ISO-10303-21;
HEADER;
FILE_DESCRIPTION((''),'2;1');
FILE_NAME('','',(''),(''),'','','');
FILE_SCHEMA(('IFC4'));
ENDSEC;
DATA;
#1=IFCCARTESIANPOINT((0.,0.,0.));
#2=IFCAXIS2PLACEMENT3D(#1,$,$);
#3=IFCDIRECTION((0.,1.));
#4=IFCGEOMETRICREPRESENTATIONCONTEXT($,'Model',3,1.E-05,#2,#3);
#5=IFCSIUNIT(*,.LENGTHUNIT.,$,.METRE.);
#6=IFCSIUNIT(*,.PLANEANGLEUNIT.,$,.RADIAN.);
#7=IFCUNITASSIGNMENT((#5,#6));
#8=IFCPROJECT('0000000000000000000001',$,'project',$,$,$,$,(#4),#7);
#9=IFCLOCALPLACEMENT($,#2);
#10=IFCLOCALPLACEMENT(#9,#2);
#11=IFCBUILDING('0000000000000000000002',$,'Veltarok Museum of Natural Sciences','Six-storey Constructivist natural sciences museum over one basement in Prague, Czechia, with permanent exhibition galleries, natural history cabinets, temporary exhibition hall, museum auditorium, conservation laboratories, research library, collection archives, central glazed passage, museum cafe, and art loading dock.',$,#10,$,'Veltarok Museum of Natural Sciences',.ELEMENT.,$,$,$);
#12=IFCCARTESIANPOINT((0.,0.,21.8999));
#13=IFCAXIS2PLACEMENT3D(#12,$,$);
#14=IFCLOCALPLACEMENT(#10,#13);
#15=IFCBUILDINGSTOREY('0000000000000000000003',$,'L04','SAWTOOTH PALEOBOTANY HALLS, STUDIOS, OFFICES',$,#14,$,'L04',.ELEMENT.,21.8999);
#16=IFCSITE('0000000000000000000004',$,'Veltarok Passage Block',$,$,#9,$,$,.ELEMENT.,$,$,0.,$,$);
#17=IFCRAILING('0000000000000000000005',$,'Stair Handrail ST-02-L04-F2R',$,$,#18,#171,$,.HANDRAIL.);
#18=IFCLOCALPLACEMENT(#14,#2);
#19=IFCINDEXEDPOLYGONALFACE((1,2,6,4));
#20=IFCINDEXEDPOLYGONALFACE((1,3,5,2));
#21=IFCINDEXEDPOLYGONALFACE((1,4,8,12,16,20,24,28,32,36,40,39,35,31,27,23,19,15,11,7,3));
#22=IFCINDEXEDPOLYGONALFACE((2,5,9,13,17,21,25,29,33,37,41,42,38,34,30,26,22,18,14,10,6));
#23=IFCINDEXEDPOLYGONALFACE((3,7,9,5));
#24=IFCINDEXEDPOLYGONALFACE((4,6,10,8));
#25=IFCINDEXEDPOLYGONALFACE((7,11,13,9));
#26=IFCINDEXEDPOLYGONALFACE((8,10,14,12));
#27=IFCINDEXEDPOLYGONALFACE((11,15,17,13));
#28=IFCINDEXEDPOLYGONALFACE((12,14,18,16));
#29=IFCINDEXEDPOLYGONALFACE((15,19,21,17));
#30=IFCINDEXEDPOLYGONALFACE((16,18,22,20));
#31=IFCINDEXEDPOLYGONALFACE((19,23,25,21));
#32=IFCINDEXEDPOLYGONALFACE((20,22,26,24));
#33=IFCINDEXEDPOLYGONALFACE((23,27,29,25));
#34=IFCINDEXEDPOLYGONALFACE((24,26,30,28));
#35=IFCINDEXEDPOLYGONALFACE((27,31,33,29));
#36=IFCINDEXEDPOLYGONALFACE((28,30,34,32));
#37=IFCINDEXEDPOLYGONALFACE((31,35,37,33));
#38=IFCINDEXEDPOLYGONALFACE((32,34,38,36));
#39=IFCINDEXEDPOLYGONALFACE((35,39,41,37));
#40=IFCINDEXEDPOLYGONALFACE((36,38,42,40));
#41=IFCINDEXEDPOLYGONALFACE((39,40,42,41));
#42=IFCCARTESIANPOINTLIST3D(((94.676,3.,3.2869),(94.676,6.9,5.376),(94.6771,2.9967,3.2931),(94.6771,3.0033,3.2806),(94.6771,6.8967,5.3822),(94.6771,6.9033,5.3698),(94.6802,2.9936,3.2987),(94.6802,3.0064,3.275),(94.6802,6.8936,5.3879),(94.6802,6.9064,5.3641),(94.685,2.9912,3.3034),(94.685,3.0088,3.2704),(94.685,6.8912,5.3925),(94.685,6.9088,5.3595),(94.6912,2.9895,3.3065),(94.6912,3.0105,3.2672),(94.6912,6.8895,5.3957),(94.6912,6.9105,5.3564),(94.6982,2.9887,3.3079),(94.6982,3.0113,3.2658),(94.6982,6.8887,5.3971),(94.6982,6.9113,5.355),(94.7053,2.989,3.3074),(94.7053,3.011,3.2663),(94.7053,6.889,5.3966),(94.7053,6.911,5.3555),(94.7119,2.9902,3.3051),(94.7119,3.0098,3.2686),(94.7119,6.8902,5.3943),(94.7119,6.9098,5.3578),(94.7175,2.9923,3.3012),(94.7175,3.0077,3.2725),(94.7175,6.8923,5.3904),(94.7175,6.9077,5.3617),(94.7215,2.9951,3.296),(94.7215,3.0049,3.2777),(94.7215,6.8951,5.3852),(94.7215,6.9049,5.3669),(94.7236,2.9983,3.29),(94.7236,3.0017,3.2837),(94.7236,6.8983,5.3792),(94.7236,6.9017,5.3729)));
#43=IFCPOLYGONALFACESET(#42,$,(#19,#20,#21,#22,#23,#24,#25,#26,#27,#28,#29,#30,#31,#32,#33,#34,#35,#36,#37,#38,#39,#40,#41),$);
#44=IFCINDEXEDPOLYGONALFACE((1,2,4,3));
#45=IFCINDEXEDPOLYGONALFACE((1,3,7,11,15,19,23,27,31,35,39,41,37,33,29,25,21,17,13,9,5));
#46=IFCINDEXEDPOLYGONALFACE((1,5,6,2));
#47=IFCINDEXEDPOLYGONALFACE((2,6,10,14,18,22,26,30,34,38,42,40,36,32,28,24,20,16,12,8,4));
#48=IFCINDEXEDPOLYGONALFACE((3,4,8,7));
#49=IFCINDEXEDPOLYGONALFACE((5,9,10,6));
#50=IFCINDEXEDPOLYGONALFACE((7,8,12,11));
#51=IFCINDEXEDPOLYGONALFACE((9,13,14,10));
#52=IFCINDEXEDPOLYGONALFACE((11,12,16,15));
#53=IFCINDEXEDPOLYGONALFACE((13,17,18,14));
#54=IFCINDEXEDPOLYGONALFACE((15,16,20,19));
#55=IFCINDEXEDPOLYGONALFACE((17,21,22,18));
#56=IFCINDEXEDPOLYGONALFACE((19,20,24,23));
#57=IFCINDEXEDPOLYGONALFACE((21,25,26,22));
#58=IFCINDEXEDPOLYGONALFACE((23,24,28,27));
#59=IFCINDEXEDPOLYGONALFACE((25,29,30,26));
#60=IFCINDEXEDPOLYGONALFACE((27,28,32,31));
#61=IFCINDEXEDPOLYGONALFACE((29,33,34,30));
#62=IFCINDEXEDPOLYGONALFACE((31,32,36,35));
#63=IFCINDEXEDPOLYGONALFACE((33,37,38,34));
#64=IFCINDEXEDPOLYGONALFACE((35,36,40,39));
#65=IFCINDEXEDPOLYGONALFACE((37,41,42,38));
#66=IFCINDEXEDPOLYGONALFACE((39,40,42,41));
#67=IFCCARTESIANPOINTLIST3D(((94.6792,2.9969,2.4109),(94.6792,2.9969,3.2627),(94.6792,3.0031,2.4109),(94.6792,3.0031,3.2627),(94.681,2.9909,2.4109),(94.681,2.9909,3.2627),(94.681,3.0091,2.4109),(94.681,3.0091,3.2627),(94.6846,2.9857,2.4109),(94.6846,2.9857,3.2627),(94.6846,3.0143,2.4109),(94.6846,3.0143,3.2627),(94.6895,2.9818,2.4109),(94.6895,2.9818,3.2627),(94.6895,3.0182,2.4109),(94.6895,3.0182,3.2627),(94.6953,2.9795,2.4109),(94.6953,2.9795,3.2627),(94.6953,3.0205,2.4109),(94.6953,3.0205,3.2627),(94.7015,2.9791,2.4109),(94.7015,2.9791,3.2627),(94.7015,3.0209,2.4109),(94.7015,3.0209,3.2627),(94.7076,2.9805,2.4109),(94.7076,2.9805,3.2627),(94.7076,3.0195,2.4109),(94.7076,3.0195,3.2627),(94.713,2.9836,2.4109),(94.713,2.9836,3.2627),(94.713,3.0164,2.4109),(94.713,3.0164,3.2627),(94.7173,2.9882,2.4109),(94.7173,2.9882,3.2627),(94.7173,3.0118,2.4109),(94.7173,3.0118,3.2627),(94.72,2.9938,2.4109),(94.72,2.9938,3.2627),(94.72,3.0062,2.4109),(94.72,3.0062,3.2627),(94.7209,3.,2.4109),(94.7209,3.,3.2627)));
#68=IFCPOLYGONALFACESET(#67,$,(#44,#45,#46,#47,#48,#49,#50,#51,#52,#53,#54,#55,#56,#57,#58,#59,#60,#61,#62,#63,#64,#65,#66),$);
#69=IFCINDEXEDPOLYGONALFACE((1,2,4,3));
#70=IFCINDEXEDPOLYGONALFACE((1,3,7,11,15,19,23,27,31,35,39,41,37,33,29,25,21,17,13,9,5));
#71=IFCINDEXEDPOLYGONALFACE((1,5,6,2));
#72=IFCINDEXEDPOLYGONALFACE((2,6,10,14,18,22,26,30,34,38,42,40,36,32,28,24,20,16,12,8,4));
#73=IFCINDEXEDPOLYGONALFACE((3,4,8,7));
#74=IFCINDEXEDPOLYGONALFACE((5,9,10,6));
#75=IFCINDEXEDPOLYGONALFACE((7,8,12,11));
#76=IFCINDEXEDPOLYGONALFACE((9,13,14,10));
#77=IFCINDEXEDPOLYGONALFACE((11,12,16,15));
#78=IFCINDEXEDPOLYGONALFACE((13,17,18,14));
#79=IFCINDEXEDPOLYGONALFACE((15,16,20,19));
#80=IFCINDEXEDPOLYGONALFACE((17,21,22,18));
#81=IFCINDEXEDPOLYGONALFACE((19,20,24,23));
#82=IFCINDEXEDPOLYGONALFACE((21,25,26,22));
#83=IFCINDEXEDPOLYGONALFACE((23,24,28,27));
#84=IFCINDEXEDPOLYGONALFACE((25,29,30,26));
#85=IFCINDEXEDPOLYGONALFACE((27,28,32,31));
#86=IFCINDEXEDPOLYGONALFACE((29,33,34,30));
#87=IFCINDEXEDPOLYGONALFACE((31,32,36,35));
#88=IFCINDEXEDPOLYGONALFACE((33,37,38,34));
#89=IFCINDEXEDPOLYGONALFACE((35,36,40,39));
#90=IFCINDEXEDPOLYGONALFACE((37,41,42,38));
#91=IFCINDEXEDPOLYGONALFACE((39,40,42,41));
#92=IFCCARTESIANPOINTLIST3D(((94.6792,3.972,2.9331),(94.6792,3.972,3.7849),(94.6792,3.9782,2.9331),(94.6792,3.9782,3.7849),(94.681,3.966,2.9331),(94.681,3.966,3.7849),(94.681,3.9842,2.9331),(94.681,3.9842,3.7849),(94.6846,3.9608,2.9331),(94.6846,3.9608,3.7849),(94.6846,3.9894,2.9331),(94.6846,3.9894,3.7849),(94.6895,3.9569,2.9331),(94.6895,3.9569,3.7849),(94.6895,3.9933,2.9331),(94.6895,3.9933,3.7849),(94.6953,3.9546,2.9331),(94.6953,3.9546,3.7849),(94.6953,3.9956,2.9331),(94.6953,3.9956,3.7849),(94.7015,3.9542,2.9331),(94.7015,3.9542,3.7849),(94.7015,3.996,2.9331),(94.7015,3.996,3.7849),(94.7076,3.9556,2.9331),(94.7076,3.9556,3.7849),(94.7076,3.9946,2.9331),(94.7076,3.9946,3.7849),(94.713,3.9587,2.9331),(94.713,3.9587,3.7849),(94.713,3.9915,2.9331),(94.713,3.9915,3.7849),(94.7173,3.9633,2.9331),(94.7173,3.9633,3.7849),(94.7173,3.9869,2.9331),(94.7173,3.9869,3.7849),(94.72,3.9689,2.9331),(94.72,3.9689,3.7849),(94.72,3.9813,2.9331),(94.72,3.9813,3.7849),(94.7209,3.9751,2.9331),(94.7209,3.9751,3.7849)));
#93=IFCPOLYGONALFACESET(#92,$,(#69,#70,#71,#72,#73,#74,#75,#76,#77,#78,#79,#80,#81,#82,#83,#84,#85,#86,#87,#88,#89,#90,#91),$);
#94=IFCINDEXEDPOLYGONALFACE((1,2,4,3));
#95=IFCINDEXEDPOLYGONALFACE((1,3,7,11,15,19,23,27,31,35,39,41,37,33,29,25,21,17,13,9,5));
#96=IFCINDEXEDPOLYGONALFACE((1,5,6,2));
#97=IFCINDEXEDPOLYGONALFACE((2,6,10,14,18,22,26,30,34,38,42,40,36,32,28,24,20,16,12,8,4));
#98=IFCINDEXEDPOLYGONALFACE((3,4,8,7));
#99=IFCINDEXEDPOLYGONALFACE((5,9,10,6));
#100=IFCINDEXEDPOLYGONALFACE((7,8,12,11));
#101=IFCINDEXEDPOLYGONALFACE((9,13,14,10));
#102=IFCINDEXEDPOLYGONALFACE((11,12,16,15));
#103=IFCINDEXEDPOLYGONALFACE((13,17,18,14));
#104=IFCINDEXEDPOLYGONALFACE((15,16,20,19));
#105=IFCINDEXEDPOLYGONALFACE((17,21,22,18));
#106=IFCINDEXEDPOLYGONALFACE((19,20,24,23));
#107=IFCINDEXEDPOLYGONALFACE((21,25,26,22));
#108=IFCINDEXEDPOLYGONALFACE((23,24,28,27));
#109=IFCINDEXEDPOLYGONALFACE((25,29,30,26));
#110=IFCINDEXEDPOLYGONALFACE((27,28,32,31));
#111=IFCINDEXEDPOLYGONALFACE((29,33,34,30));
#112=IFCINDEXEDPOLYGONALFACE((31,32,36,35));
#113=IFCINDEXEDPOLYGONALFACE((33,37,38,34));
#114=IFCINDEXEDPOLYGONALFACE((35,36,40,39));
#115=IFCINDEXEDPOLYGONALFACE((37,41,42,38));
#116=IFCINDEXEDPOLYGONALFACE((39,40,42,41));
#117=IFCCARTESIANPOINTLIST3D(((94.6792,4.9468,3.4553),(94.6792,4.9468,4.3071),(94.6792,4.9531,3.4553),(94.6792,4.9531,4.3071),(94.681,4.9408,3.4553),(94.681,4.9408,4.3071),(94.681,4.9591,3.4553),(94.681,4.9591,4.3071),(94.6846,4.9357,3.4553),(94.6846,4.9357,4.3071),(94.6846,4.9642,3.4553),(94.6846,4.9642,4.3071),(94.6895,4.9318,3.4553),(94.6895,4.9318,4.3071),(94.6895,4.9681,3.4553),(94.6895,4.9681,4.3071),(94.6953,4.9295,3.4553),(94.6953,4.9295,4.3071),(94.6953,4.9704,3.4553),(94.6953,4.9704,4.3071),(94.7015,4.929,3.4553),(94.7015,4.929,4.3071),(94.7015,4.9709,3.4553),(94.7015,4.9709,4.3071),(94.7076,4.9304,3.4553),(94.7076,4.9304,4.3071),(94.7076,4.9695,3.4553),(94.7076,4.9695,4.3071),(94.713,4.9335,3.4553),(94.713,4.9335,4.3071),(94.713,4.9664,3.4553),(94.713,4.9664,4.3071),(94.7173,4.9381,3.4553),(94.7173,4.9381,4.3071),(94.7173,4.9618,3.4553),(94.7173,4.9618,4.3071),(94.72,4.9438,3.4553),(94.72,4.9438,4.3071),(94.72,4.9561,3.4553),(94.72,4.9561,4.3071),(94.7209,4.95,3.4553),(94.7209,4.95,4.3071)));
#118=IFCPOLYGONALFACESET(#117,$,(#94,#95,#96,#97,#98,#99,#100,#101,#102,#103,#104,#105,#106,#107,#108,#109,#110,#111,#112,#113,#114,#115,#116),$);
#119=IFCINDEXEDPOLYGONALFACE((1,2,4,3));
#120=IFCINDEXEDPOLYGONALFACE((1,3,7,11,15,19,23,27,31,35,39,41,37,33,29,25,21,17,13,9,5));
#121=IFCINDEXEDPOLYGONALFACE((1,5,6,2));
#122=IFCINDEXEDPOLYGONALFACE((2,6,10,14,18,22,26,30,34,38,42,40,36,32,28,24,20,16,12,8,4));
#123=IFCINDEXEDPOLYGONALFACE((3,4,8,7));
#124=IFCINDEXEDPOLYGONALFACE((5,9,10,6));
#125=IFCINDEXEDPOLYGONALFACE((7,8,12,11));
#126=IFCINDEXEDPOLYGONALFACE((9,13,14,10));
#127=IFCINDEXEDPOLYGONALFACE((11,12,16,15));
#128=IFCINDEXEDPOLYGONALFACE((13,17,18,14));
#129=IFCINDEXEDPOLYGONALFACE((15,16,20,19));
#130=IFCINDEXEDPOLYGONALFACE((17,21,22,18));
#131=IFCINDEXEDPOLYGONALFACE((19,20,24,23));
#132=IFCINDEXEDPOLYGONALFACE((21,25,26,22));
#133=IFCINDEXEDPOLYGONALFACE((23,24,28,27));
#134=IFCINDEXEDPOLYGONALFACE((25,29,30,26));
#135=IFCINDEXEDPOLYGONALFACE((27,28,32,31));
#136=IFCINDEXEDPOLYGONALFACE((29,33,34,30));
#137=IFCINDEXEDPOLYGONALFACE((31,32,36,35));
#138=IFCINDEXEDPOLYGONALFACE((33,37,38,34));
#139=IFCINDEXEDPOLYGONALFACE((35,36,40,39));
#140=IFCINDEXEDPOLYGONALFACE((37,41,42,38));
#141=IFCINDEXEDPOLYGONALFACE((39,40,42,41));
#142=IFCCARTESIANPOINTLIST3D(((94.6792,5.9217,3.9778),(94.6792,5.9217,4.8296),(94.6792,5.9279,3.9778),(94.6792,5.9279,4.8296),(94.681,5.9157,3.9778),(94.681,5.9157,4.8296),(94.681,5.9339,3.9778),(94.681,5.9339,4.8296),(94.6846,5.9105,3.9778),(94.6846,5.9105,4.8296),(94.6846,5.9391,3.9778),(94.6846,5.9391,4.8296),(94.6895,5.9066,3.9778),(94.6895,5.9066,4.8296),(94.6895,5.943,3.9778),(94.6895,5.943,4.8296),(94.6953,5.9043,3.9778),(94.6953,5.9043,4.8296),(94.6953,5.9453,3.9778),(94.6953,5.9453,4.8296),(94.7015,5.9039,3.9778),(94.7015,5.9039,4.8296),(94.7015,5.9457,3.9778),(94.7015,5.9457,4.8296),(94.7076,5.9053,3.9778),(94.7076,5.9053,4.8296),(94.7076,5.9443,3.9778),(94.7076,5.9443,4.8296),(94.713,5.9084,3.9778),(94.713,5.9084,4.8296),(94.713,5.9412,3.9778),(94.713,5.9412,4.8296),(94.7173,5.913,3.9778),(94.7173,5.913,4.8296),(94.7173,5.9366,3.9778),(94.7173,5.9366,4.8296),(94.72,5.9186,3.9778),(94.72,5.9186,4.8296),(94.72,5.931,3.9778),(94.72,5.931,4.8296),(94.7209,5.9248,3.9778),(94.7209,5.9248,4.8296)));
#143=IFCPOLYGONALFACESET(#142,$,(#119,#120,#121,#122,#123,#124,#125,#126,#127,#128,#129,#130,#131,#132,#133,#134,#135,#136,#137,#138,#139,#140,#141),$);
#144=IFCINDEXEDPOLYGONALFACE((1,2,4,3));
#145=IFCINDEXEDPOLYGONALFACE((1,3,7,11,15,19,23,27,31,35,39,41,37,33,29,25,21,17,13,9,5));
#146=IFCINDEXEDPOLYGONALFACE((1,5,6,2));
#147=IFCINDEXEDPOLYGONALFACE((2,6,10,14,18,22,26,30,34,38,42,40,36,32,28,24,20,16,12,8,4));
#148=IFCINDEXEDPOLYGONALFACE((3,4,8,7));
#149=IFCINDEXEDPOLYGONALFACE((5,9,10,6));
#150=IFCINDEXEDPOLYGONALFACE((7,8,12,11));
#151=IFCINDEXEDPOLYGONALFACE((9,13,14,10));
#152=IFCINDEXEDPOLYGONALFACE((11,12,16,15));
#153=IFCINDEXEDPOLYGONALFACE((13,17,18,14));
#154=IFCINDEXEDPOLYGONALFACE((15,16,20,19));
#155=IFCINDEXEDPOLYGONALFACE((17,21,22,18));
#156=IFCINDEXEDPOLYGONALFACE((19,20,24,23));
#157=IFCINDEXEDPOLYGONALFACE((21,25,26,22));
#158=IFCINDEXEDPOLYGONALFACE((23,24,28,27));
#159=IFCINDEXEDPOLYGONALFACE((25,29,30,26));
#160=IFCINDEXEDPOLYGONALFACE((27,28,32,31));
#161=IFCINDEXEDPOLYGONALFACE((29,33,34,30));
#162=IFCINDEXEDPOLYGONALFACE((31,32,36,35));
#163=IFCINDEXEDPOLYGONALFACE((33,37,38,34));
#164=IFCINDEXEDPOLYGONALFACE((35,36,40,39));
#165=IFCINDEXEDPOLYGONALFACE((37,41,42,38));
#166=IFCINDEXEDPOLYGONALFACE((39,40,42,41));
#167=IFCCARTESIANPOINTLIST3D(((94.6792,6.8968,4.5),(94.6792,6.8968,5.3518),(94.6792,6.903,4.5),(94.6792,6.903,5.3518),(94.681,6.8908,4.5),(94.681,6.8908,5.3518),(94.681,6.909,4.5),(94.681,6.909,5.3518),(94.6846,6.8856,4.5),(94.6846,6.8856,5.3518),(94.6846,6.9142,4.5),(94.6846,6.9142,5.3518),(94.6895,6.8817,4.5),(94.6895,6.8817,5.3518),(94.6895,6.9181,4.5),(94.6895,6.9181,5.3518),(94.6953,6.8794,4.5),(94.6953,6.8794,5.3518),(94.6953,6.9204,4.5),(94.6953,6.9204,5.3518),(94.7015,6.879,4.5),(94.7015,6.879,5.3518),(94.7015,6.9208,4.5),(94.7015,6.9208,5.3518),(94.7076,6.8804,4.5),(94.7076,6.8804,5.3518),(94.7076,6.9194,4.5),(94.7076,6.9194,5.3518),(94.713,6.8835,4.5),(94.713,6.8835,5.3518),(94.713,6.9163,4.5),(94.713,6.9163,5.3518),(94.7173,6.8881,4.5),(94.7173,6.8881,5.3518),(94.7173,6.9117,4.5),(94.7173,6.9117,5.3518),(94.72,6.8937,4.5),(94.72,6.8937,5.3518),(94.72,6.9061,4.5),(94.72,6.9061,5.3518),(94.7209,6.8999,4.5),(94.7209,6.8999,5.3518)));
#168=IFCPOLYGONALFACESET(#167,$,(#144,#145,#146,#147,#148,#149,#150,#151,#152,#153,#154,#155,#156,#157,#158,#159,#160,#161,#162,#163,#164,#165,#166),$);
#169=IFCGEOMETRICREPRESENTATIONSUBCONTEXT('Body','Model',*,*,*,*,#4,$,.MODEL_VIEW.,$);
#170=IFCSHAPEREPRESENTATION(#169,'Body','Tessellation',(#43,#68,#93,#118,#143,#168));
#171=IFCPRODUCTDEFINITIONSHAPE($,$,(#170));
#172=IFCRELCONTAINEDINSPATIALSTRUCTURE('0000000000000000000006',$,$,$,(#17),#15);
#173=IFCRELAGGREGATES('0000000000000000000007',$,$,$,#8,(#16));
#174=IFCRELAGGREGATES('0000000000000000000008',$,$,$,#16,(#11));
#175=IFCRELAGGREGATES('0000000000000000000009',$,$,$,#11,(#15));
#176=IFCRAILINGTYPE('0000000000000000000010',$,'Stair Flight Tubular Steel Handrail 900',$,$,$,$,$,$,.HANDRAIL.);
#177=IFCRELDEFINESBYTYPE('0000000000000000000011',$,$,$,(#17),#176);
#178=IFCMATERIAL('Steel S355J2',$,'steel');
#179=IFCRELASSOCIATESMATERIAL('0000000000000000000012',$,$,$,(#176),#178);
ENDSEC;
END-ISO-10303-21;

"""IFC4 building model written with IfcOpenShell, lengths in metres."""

from ifc_helpers import new_model, si_unit, direction, frame, origin, origin_2d, place, context, subcontext, project, spatial, circle, extrude, material, type_object, element, save


model = new_model("IFC4")

# Units and contexts
model_context = context("Model", 3, precision=1e-05, world=origin(), true_north=direction((0.0, 1.0)))
body_context = subcontext(model_context, "Body", "Model", "MODEL_VIEW")
ifc_project = project(units=[si_unit("LENGTHUNIT", "METRE"), si_unit("PLANEANGLEUNIT", "RADIAN")], contexts=[model_context])

# Site, building, storey
site_placement = place(None, origin())
site = spatial("IfcSite", under=ifc_project, at=site_placement, Name="Veltarok Passage Block", CompositionType="ELEMENT", RefElevation=0.0)
building_placement = place(site_placement, origin())
building = spatial("IfcBuilding", under=site, at=building_placement, Name="Veltarok Museum of Natural Sciences", Description="Six-storey Constructivist natural sciences museum over one basement in Prague, Czechia, with permanent exhibition galleries, natural history cabinets, temporary exhibition hall, museum auditorium, conservation laboratories, research library, collection archives, central glazed passage, museum cafe, and art loading dock.", LongName="Veltarok Museum of Natural Sciences", CompositionType="ELEMENT")
storey_placement = place(building_placement, frame((0.0, 0.0, 21.8999)))
storey = spatial("IfcBuildingStorey", under=building, at=storey_placement, Name="L04", Description="SAWTOOTH PALEOBOTANY HALLS, STUDIOS, OFFICES", LongName="L04", CompositionType="ELEMENT", Elevation=21.8999)

# Shared definitions
ifc_material_1 = material(Name="Steel S355J2", Category="steel")

# Railing
railing_type_1 = type_object("IfcRailingType", Name="Stair Flight Tubular Steel Handrail 900", PredefinedType="HANDRAIL", material=ifc_material_1)
for number, where, name in (
    (1, (94.7, 3.0, 2.4109), "Stair Handrail ST-02-L04-F2R"),
):
    element("IfcRailing", number, at=place(storey_placement, frame(where)), inside=storey, type_object=railing_type_1, Name=name, PredefinedType="HANDRAIL", context=body_context, shape_type="SweptSolid", body=[
        extrude(circle(Radius=0.0239, at=origin_2d()), frame((0.0, 0.0, 0.876), z_axis=(0.0, 0.881491, 0.4722), x_axis=(-1.0, 0.0, 0.0)), (0.0, 0.0, 1.0), 4.4243),
        extrude(circle(Radius=0.021, at=origin_2d()), origin(), (0.0, 0.0, 1.0), 0.8518),
        extrude(circle(Radius=0.021, at=origin_2d()), frame((0.0, 0.9751, 0.5222)), (0.0, 0.0, 1.0), 0.8518),
        extrude(circle(Radius=0.021, at=origin_2d()), frame((0.0, 1.95, 1.0444)), (0.0, 0.0, 1.0), 0.8518),
        extrude(circle(Radius=0.021, at=origin_2d()), frame((0.0, 2.9248, 1.5669)), (0.0, 0.0, 1.0), 0.8518),
        extrude(circle(Radius=0.021, at=origin_2d()), frame((0.0, 3.8999, 2.0891)), (0.0, 0.0, 1.0), 0.8518),
    ])

save(model, "model.ifc")
